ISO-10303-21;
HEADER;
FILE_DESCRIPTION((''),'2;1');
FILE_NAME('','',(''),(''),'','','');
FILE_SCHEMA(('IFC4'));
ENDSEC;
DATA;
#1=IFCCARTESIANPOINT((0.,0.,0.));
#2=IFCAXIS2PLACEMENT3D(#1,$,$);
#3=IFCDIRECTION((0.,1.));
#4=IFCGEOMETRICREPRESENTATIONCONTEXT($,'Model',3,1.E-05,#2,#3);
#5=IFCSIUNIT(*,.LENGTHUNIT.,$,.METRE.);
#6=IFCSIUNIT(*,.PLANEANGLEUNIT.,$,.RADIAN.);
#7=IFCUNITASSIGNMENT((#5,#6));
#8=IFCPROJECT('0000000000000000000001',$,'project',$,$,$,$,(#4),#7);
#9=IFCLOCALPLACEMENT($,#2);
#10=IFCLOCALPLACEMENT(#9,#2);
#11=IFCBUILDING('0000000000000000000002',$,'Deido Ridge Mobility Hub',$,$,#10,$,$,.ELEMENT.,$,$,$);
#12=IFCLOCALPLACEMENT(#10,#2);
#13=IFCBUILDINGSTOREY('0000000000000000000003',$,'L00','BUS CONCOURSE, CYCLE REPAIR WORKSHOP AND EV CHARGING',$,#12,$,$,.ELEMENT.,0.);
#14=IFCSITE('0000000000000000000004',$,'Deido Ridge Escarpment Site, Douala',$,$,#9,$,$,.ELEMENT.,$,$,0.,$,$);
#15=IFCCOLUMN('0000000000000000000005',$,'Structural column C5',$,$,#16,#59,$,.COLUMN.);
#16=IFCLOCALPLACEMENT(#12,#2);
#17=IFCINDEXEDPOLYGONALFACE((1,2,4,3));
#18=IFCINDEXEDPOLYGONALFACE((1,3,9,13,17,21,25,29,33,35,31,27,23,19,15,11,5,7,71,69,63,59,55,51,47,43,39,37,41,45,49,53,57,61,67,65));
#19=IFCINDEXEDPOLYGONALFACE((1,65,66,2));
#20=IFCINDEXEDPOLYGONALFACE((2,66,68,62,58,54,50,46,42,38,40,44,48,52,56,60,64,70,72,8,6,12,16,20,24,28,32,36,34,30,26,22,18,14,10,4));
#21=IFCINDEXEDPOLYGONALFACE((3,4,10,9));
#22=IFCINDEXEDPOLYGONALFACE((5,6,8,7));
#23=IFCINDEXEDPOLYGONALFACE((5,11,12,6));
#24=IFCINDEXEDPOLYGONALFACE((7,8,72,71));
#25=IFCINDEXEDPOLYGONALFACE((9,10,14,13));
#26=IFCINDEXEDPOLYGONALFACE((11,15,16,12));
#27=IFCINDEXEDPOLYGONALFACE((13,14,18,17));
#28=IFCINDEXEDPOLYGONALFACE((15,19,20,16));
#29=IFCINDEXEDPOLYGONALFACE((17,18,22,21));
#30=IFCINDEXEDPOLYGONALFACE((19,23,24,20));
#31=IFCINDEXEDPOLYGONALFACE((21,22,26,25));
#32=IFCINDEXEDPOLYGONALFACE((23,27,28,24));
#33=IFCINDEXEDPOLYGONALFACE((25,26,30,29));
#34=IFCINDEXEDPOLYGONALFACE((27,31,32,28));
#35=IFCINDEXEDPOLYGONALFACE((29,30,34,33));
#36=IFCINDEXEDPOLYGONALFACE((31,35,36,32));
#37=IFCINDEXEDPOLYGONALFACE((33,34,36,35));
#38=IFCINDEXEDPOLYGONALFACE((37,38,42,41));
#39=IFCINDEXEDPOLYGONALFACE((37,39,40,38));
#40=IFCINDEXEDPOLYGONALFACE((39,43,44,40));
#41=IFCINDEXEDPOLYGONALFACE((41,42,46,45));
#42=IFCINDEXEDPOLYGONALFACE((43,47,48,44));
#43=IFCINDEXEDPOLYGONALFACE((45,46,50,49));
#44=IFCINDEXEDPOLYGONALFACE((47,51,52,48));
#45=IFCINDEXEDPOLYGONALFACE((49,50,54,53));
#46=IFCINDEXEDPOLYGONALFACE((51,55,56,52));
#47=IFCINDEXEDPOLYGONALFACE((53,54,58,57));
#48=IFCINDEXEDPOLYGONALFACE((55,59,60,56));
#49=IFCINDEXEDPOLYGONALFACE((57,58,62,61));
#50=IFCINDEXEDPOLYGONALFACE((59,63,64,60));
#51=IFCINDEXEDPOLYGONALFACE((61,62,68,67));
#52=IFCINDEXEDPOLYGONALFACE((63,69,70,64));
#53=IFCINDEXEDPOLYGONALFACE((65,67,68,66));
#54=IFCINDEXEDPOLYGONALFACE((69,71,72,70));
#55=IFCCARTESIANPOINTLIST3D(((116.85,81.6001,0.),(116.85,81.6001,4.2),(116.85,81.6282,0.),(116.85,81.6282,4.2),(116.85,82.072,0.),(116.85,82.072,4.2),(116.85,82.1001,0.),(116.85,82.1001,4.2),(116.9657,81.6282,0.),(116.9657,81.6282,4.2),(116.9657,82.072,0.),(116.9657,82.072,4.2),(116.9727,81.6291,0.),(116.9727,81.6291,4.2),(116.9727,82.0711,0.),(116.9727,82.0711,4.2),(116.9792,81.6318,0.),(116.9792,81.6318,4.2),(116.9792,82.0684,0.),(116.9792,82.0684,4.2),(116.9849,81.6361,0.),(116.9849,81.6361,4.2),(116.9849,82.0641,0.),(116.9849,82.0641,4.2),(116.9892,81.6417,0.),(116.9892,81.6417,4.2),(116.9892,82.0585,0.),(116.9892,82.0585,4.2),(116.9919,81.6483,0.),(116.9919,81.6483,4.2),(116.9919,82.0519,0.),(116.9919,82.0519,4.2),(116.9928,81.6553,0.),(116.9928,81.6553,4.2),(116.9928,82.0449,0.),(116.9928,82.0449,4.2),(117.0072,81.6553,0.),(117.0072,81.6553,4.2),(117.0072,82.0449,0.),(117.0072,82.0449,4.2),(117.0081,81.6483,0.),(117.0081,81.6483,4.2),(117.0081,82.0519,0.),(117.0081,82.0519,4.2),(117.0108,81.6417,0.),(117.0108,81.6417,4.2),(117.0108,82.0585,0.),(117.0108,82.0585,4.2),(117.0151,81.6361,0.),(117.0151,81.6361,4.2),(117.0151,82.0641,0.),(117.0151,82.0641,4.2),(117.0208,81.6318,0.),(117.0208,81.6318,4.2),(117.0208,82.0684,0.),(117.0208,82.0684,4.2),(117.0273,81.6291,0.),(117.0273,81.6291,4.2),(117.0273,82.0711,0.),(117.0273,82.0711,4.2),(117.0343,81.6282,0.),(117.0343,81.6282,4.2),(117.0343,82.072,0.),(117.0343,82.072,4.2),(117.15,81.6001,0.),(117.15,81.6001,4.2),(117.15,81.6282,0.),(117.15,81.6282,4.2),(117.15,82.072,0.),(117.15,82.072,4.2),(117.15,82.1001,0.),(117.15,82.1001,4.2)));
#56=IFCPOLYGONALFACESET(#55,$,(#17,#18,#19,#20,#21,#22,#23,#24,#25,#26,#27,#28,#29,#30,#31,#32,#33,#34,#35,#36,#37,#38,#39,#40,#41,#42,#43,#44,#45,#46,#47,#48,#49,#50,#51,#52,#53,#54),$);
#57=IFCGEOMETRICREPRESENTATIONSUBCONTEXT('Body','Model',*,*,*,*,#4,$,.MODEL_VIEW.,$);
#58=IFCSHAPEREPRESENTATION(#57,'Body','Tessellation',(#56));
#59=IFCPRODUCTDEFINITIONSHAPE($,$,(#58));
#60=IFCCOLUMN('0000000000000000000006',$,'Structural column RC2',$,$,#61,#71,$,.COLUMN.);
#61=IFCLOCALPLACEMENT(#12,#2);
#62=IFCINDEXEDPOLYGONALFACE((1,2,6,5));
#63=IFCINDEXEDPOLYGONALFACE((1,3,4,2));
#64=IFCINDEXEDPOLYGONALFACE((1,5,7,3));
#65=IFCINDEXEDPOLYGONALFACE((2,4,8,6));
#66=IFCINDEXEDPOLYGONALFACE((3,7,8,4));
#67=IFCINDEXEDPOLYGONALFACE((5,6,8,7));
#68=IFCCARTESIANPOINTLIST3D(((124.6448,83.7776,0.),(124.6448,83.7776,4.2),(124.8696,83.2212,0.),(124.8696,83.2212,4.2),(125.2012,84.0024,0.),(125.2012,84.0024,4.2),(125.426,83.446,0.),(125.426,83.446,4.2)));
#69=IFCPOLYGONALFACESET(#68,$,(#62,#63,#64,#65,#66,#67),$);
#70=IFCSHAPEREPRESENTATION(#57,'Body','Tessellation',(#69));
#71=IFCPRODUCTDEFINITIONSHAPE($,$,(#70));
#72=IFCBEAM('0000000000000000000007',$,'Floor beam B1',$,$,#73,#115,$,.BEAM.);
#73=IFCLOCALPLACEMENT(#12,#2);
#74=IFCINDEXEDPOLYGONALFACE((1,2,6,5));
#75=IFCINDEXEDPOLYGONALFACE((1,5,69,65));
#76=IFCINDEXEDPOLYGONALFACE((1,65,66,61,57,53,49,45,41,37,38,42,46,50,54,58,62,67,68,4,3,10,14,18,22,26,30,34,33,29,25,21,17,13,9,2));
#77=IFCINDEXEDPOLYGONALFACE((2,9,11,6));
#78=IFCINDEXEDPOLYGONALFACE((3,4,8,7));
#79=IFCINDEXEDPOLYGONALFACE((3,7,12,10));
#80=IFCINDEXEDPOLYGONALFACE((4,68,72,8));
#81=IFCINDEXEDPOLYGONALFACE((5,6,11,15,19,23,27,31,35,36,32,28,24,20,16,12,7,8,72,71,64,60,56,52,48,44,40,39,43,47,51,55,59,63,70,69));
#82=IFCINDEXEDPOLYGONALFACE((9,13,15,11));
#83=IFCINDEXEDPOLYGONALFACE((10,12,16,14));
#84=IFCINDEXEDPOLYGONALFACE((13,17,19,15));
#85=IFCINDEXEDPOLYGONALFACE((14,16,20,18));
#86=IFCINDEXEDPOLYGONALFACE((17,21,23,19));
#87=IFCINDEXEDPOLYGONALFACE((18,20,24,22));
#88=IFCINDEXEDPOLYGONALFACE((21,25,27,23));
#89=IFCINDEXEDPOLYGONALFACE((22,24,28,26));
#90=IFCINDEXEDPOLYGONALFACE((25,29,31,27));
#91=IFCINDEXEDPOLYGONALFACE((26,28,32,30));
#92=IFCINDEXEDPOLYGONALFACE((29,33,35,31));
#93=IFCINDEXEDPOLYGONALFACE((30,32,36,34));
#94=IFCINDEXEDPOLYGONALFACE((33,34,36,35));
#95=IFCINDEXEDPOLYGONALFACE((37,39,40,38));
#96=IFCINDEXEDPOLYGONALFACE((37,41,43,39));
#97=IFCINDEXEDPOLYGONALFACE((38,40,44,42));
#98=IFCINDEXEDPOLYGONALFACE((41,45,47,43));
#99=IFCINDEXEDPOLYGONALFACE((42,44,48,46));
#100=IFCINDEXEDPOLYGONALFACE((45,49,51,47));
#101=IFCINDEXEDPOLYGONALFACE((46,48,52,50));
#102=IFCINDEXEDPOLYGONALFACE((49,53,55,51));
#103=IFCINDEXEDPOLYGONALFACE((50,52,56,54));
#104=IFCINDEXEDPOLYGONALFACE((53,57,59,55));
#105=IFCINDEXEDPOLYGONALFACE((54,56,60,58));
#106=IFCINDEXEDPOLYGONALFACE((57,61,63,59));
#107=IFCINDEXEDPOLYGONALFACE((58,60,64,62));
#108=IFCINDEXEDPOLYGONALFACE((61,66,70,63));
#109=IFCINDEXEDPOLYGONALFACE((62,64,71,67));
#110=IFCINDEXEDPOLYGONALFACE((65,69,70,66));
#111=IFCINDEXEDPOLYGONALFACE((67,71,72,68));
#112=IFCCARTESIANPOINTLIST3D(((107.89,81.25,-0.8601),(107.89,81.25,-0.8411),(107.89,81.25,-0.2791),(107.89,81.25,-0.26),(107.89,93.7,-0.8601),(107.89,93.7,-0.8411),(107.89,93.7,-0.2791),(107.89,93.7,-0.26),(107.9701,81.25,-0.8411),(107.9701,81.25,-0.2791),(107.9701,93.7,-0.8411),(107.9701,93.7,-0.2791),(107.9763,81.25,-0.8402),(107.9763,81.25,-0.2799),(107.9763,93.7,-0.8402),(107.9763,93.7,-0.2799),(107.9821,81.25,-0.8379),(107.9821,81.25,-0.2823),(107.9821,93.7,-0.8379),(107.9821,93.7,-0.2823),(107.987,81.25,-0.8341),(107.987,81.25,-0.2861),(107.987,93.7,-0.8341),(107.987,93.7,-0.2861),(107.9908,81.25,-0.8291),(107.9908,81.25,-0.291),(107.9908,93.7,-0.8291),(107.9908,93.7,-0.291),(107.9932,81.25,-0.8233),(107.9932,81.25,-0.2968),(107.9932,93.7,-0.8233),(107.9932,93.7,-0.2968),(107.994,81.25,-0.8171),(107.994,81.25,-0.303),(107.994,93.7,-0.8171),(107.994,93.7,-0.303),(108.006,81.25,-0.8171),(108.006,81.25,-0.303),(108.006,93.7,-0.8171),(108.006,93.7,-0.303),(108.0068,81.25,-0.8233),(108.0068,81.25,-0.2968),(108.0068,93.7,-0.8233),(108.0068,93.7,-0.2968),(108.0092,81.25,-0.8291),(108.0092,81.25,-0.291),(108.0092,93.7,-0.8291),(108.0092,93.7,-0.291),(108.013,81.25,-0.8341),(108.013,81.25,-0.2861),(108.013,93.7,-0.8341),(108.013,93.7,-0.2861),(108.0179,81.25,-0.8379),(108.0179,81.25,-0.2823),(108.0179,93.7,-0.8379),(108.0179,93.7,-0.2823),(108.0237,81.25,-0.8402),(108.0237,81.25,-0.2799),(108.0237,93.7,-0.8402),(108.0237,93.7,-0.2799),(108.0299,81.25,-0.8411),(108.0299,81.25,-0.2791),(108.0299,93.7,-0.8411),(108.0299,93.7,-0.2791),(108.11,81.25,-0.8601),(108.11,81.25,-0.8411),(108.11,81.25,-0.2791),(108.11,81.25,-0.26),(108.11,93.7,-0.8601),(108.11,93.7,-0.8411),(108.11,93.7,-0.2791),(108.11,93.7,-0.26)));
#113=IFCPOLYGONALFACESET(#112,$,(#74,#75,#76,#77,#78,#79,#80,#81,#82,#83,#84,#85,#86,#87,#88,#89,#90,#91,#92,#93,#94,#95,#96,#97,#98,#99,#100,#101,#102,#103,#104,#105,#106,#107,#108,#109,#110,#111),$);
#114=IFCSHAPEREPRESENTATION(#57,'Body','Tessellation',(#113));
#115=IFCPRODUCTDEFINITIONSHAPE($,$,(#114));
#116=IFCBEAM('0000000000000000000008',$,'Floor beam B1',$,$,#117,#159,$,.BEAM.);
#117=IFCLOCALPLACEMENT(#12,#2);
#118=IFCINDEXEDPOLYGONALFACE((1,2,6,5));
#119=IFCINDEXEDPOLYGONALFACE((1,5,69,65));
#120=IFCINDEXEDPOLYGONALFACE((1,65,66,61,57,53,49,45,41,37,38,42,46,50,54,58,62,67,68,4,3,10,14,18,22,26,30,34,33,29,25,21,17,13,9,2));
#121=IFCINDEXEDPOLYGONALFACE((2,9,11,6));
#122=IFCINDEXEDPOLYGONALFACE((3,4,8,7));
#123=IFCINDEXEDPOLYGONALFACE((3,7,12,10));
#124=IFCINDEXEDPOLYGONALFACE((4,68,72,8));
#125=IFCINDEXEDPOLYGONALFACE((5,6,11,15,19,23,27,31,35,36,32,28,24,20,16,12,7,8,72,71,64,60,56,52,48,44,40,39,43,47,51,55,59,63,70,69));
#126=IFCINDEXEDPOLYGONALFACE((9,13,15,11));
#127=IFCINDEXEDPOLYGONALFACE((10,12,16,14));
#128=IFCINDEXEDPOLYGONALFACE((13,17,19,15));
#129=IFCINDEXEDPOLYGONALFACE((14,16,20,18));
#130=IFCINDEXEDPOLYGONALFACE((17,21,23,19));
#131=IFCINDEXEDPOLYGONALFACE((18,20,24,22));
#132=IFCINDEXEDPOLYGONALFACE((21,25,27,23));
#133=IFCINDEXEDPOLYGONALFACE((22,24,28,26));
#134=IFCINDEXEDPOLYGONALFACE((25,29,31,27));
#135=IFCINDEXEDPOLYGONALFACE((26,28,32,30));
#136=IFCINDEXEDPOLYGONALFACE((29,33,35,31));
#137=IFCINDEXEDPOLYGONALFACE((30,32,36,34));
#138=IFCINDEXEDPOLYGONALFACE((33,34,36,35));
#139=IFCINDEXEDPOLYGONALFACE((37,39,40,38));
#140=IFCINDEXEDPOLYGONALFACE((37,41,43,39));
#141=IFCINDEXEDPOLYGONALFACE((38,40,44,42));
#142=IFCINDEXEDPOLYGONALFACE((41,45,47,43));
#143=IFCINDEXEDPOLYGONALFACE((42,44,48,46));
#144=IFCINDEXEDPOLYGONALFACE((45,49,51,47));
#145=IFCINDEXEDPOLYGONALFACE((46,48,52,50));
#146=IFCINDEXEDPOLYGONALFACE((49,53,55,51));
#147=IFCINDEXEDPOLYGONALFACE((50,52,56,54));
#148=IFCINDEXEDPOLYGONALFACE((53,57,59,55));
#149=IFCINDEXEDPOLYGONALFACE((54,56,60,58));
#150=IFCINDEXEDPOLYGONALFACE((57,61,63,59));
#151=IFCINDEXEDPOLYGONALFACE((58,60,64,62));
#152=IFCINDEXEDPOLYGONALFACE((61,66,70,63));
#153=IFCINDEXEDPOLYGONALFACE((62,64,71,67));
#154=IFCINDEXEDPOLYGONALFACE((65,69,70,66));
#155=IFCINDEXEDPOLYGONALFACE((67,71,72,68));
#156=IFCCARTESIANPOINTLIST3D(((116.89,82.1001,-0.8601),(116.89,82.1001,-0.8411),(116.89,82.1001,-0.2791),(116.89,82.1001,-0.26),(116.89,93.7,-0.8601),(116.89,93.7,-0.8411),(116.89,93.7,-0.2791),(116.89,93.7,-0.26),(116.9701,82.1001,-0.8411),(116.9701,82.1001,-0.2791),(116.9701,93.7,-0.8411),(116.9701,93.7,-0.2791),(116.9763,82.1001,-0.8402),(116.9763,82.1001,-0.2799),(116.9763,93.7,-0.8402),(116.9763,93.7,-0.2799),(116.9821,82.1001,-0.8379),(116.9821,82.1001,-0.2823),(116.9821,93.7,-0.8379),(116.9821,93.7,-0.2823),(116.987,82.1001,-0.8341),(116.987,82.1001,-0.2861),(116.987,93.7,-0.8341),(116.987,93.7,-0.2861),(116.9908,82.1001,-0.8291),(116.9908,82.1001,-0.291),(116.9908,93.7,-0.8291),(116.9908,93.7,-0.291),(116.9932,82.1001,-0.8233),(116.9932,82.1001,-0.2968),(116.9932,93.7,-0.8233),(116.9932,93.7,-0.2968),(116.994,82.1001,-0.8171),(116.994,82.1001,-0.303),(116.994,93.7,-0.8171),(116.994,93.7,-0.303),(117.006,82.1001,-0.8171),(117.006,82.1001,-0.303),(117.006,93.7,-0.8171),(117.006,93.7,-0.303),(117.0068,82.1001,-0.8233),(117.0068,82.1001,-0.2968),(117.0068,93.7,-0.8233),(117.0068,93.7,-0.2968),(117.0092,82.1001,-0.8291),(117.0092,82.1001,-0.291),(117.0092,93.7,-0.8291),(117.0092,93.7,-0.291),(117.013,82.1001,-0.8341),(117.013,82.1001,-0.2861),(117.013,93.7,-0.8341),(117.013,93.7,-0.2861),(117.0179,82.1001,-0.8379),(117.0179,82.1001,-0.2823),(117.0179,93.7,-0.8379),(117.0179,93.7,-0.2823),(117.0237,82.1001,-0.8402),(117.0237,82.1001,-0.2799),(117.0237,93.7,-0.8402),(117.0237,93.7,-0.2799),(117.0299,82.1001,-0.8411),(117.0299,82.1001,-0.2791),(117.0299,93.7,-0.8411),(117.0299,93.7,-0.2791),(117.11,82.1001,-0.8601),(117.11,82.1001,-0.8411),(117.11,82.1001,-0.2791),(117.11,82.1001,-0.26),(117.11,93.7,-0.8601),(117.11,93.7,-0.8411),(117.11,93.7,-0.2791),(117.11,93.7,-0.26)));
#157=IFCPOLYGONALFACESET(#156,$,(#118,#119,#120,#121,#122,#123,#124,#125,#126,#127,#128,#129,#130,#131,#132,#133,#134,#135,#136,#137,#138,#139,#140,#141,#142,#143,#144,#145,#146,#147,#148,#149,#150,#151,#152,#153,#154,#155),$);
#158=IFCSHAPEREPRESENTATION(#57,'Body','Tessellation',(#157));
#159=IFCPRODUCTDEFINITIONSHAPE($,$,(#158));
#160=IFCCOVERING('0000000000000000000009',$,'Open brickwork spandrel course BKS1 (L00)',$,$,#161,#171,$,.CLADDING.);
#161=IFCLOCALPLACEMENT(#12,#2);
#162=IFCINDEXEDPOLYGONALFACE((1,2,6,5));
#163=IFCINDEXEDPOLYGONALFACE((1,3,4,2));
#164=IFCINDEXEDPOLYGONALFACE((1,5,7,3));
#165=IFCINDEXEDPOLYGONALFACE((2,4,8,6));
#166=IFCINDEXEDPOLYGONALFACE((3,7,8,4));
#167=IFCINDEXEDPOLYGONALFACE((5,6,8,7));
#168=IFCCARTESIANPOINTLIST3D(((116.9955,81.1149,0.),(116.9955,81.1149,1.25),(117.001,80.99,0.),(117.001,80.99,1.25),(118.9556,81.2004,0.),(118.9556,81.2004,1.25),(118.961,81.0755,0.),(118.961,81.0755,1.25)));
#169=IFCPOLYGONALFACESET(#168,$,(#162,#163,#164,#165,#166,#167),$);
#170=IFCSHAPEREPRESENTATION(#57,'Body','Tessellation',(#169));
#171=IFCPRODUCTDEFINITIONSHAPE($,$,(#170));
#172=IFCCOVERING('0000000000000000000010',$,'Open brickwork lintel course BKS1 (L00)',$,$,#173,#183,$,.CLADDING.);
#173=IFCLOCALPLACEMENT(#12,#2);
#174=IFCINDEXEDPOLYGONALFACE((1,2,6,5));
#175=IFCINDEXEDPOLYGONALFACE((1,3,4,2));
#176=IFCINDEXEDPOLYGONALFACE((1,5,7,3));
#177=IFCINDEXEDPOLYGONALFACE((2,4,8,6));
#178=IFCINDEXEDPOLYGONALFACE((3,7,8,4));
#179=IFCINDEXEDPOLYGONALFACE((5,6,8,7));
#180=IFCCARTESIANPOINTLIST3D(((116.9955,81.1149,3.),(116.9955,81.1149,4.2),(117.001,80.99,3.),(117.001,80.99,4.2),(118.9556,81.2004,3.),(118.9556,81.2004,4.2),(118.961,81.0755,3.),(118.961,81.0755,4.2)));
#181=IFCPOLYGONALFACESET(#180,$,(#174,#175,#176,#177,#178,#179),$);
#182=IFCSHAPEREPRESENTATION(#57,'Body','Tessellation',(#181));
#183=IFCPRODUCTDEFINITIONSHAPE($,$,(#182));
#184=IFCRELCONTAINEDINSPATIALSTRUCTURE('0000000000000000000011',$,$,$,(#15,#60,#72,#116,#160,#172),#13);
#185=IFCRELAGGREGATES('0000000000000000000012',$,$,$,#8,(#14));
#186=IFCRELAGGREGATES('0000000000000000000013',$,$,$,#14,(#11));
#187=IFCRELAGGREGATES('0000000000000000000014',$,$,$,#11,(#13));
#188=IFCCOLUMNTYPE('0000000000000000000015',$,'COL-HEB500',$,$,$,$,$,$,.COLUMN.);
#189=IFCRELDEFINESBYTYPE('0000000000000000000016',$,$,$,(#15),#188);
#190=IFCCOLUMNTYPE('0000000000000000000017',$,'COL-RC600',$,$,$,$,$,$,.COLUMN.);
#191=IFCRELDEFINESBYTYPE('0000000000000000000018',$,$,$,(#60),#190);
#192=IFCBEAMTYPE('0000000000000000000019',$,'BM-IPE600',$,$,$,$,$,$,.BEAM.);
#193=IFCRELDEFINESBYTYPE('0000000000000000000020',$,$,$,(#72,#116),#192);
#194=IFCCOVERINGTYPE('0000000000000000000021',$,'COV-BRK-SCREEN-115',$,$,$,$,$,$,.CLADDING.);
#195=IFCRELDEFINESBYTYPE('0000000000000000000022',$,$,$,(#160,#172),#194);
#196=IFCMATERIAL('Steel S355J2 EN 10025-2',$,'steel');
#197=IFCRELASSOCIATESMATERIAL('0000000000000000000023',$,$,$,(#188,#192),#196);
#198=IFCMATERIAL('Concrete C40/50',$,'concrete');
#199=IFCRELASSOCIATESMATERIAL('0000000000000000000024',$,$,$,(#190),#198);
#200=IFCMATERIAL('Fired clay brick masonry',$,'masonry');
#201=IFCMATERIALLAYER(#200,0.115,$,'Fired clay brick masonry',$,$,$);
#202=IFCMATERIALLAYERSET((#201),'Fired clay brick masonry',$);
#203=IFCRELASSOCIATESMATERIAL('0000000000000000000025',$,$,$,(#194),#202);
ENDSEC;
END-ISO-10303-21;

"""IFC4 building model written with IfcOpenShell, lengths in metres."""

from ifc_helpers import new_model, si_unit, direction, frame, origin, origin_2d, place, context, subcontext, project, spatial, rectangle, i_section, extrude, material, layer, layer_set, material_profile, profile_set, type_object, element, save


model = new_model("IFC4")

# Units and contexts
model_context = context("Model", 3, precision=1e-05, world=origin(), true_north=direction((0.0, 1.0)))
body_context = subcontext(model_context, "Body", "Model", "MODEL_VIEW")
ifc_project = project(units=[si_unit("LENGTHUNIT", "METRE"), si_unit("PLANEANGLEUNIT", "RADIAN")], contexts=[model_context])

# Site, building, storey
site_placement = place(None, origin())
site = spatial("IfcSite", under=ifc_project, at=site_placement, Name="Deido Ridge Escarpment Site, Douala", CompositionType="ELEMENT", RefElevation=0.0)
building_placement = place(site_placement, origin())
building = spatial("IfcBuilding", under=site, at=building_placement, Name="Deido Ridge Mobility Hub", CompositionType="ELEMENT")
storey_placement = place(building_placement, origin())
storey = spatial("IfcBuildingStorey", under=building, at=storey_placement, Name="L00", Description="BUS CONCOURSE, CYCLE REPAIR WORKSHOP AND EV CHARGING", CompositionType="ELEMENT", Elevation=0.0)

# Columns
ifc_material_1 = material(Name="Steel S355J2 EN 10025-2", Category="steel")
ifc_material_profile_1 = material_profile(ifc_material_1, i_section(OverallWidth=0.3, OverallDepth=0.5, WebThickness=0.0144, FlangeThickness=0.0281, FilletRadius=0.0271, at=origin_2d()), Name="HEB 500")
ifc_profile_set_1 = profile_set([ifc_material_profile_1], Name="Steel S355J2 EN 10025-2")
column_type_1 = type_object("IfcColumnType", Name="COL-HEB500", PredefinedType="COLUMN", material=ifc_profile_set_1)
column_1_placement = place(storey_placement, frame((117.0, 81.8501, 0.0), z_axis=(0.0, 0.0, 1.0), x_axis=(1.0, 0.0, 0.0)))
element("IfcColumn", 1, at=column_1_placement, inside=storey, type_object=column_type_1, Name="Structural column C5", PredefinedType="COLUMN", context=body_context, shape_type="SweptSolid", body=[
    extrude(i_section(OverallWidth=0.3, OverallDepth=0.5, WebThickness=0.0144, FlangeThickness=0.0281, FilletRadius=0.0271, at=origin_2d()), origin(), (0.0, 0.0, 1.0), 4.2),
])
ifc_material_2 = material(Name="Concrete C40/50", Category="concrete")
ifc_material_profile_2 = material_profile(ifc_material_2, rectangle(XDim=0.6001, YDim=0.6001, at=origin_2d()), Name="RC COL 600x600")
ifc_profile_set_2 = profile_set([ifc_material_profile_2], Name="Concrete C40/50")
column_type_2 = type_object("IfcColumnType", Name="COL-RC600", PredefinedType="COLUMN", material=ifc_profile_set_2)
column_2_placement = place(storey_placement, frame((125.0354, 83.6118, 0.0), z_axis=(0.0, 0.0, 1.0), x_axis=(0.374607, -0.927184, 0.0)))
element("IfcColumn", 2, at=column_2_placement, inside=storey, type_object=column_type_2, Name="Structural column RC2", PredefinedType="COLUMN", context=body_context, shape_type="SweptSolid", body=[
    extrude(rectangle(XDim=0.6001, YDim=0.6001, at=origin_2d()), origin(), (0.0, 0.0, 1.0), 4.2),
])

# Beams
ifc_material_profile_3 = material_profile(ifc_material_1, i_section(OverallWidth=0.22, OverallDepth=0.6001, WebThickness=0.012, FlangeThickness=0.019, FilletRadius=0.0239, at=origin_2d()), Name="IPE 600")
ifc_profile_set_3 = profile_set([ifc_material_profile_3], Name="Steel S355J2 EN 10025-2")
beam_type = type_object("IfcBeamType", Name="BM-IPE600", PredefinedType="BEAM", material=ifc_profile_set_3)
beam_1_placement = place(storey_placement, frame((108.0, 81.25, -0.5601), z_axis=(0.0, 1.0, 0.0), x_axis=(-1.0, 0.0, 0.0)))
element("IfcBeam", 3, at=beam_1_placement, inside=storey, type_object=beam_type, Name="Floor beam B1", PredefinedType="BEAM", context=body_context, shape_type="SweptSolid", body=[
    extrude(i_section(OverallWidth=0.22, OverallDepth=0.6001, WebThickness=0.012, FlangeThickness=0.019, FilletRadius=0.0239, at=origin_2d()), origin(), (0.0, 0.0, 1.0), 12.45),
])
beam_2_placement = place(storey_placement, frame((117.0, 82.1001, -0.5601), z_axis=(0.0, 1.0, 0.0), x_axis=(-1.0, 0.0, 0.0)))
element("IfcBeam", 4, at=beam_2_placement, inside=storey, type_object=beam_type, Name="Floor beam B1", PredefinedType="BEAM", context=body_context, shape_type="SweptSolid", body=[
    extrude(i_section(OverallWidth=0.22, OverallDepth=0.6001, WebThickness=0.012, FlangeThickness=0.019, FilletRadius=0.0239, at=origin_2d()), origin(), (0.0, 0.0, 1.0), 11.5999),
])

# Coverings
ifc_material_3 = material(Name="Fired clay brick masonry", Category="masonry")
ifc_layer = layer(ifc_material_3, 0.115, Name="Fired clay brick masonry")
ifc_layer_set = layer_set([ifc_layer], Name="Fired clay brick masonry")
covering_type = type_object("IfcCoveringType", Name="COV-BRK-SCREEN-115", PredefinedType="CLADDING", material=ifc_layer_set)
covering_1_placement = place(storey_placement, frame((117.9783, 81.0952, 0.0), z_axis=(0.0, 0.0, 1.0), x_axis=(0.999049, 0.043602, 0.0)))
element("IfcCovering", 5, at=covering_1_placement, inside=storey, type_object=covering_type, Name="Open brickwork spandrel course BKS1 (L00)", PredefinedType="CLADDING", context=body_context, shape_type="SweptSolid", body=[
    extrude(rectangle(XDim=1.9619, YDim=0.125, at=origin_2d()), origin(), (0.0, 0.0, 1.0), 1.25),
])
covering_2_placement = place(storey_placement, frame((117.9783, 81.0952, 3.0), z_axis=(0.0, 0.0, 1.0), x_axis=(0.999049, 0.043602, 0.0)))
element("IfcCovering", 6, at=covering_2_placement, inside=storey, type_object=covering_type, Name="Open brickwork lintel course BKS1 (L00)", PredefinedType="CLADDING", context=body_context, shape_type="SweptSolid", body=[
    extrude(rectangle(XDim=1.9619, YDim=0.125, at=origin_2d()), origin(), (0.0, 0.0, 1.0), 1.2),
])

save(model, "model.ifc")
